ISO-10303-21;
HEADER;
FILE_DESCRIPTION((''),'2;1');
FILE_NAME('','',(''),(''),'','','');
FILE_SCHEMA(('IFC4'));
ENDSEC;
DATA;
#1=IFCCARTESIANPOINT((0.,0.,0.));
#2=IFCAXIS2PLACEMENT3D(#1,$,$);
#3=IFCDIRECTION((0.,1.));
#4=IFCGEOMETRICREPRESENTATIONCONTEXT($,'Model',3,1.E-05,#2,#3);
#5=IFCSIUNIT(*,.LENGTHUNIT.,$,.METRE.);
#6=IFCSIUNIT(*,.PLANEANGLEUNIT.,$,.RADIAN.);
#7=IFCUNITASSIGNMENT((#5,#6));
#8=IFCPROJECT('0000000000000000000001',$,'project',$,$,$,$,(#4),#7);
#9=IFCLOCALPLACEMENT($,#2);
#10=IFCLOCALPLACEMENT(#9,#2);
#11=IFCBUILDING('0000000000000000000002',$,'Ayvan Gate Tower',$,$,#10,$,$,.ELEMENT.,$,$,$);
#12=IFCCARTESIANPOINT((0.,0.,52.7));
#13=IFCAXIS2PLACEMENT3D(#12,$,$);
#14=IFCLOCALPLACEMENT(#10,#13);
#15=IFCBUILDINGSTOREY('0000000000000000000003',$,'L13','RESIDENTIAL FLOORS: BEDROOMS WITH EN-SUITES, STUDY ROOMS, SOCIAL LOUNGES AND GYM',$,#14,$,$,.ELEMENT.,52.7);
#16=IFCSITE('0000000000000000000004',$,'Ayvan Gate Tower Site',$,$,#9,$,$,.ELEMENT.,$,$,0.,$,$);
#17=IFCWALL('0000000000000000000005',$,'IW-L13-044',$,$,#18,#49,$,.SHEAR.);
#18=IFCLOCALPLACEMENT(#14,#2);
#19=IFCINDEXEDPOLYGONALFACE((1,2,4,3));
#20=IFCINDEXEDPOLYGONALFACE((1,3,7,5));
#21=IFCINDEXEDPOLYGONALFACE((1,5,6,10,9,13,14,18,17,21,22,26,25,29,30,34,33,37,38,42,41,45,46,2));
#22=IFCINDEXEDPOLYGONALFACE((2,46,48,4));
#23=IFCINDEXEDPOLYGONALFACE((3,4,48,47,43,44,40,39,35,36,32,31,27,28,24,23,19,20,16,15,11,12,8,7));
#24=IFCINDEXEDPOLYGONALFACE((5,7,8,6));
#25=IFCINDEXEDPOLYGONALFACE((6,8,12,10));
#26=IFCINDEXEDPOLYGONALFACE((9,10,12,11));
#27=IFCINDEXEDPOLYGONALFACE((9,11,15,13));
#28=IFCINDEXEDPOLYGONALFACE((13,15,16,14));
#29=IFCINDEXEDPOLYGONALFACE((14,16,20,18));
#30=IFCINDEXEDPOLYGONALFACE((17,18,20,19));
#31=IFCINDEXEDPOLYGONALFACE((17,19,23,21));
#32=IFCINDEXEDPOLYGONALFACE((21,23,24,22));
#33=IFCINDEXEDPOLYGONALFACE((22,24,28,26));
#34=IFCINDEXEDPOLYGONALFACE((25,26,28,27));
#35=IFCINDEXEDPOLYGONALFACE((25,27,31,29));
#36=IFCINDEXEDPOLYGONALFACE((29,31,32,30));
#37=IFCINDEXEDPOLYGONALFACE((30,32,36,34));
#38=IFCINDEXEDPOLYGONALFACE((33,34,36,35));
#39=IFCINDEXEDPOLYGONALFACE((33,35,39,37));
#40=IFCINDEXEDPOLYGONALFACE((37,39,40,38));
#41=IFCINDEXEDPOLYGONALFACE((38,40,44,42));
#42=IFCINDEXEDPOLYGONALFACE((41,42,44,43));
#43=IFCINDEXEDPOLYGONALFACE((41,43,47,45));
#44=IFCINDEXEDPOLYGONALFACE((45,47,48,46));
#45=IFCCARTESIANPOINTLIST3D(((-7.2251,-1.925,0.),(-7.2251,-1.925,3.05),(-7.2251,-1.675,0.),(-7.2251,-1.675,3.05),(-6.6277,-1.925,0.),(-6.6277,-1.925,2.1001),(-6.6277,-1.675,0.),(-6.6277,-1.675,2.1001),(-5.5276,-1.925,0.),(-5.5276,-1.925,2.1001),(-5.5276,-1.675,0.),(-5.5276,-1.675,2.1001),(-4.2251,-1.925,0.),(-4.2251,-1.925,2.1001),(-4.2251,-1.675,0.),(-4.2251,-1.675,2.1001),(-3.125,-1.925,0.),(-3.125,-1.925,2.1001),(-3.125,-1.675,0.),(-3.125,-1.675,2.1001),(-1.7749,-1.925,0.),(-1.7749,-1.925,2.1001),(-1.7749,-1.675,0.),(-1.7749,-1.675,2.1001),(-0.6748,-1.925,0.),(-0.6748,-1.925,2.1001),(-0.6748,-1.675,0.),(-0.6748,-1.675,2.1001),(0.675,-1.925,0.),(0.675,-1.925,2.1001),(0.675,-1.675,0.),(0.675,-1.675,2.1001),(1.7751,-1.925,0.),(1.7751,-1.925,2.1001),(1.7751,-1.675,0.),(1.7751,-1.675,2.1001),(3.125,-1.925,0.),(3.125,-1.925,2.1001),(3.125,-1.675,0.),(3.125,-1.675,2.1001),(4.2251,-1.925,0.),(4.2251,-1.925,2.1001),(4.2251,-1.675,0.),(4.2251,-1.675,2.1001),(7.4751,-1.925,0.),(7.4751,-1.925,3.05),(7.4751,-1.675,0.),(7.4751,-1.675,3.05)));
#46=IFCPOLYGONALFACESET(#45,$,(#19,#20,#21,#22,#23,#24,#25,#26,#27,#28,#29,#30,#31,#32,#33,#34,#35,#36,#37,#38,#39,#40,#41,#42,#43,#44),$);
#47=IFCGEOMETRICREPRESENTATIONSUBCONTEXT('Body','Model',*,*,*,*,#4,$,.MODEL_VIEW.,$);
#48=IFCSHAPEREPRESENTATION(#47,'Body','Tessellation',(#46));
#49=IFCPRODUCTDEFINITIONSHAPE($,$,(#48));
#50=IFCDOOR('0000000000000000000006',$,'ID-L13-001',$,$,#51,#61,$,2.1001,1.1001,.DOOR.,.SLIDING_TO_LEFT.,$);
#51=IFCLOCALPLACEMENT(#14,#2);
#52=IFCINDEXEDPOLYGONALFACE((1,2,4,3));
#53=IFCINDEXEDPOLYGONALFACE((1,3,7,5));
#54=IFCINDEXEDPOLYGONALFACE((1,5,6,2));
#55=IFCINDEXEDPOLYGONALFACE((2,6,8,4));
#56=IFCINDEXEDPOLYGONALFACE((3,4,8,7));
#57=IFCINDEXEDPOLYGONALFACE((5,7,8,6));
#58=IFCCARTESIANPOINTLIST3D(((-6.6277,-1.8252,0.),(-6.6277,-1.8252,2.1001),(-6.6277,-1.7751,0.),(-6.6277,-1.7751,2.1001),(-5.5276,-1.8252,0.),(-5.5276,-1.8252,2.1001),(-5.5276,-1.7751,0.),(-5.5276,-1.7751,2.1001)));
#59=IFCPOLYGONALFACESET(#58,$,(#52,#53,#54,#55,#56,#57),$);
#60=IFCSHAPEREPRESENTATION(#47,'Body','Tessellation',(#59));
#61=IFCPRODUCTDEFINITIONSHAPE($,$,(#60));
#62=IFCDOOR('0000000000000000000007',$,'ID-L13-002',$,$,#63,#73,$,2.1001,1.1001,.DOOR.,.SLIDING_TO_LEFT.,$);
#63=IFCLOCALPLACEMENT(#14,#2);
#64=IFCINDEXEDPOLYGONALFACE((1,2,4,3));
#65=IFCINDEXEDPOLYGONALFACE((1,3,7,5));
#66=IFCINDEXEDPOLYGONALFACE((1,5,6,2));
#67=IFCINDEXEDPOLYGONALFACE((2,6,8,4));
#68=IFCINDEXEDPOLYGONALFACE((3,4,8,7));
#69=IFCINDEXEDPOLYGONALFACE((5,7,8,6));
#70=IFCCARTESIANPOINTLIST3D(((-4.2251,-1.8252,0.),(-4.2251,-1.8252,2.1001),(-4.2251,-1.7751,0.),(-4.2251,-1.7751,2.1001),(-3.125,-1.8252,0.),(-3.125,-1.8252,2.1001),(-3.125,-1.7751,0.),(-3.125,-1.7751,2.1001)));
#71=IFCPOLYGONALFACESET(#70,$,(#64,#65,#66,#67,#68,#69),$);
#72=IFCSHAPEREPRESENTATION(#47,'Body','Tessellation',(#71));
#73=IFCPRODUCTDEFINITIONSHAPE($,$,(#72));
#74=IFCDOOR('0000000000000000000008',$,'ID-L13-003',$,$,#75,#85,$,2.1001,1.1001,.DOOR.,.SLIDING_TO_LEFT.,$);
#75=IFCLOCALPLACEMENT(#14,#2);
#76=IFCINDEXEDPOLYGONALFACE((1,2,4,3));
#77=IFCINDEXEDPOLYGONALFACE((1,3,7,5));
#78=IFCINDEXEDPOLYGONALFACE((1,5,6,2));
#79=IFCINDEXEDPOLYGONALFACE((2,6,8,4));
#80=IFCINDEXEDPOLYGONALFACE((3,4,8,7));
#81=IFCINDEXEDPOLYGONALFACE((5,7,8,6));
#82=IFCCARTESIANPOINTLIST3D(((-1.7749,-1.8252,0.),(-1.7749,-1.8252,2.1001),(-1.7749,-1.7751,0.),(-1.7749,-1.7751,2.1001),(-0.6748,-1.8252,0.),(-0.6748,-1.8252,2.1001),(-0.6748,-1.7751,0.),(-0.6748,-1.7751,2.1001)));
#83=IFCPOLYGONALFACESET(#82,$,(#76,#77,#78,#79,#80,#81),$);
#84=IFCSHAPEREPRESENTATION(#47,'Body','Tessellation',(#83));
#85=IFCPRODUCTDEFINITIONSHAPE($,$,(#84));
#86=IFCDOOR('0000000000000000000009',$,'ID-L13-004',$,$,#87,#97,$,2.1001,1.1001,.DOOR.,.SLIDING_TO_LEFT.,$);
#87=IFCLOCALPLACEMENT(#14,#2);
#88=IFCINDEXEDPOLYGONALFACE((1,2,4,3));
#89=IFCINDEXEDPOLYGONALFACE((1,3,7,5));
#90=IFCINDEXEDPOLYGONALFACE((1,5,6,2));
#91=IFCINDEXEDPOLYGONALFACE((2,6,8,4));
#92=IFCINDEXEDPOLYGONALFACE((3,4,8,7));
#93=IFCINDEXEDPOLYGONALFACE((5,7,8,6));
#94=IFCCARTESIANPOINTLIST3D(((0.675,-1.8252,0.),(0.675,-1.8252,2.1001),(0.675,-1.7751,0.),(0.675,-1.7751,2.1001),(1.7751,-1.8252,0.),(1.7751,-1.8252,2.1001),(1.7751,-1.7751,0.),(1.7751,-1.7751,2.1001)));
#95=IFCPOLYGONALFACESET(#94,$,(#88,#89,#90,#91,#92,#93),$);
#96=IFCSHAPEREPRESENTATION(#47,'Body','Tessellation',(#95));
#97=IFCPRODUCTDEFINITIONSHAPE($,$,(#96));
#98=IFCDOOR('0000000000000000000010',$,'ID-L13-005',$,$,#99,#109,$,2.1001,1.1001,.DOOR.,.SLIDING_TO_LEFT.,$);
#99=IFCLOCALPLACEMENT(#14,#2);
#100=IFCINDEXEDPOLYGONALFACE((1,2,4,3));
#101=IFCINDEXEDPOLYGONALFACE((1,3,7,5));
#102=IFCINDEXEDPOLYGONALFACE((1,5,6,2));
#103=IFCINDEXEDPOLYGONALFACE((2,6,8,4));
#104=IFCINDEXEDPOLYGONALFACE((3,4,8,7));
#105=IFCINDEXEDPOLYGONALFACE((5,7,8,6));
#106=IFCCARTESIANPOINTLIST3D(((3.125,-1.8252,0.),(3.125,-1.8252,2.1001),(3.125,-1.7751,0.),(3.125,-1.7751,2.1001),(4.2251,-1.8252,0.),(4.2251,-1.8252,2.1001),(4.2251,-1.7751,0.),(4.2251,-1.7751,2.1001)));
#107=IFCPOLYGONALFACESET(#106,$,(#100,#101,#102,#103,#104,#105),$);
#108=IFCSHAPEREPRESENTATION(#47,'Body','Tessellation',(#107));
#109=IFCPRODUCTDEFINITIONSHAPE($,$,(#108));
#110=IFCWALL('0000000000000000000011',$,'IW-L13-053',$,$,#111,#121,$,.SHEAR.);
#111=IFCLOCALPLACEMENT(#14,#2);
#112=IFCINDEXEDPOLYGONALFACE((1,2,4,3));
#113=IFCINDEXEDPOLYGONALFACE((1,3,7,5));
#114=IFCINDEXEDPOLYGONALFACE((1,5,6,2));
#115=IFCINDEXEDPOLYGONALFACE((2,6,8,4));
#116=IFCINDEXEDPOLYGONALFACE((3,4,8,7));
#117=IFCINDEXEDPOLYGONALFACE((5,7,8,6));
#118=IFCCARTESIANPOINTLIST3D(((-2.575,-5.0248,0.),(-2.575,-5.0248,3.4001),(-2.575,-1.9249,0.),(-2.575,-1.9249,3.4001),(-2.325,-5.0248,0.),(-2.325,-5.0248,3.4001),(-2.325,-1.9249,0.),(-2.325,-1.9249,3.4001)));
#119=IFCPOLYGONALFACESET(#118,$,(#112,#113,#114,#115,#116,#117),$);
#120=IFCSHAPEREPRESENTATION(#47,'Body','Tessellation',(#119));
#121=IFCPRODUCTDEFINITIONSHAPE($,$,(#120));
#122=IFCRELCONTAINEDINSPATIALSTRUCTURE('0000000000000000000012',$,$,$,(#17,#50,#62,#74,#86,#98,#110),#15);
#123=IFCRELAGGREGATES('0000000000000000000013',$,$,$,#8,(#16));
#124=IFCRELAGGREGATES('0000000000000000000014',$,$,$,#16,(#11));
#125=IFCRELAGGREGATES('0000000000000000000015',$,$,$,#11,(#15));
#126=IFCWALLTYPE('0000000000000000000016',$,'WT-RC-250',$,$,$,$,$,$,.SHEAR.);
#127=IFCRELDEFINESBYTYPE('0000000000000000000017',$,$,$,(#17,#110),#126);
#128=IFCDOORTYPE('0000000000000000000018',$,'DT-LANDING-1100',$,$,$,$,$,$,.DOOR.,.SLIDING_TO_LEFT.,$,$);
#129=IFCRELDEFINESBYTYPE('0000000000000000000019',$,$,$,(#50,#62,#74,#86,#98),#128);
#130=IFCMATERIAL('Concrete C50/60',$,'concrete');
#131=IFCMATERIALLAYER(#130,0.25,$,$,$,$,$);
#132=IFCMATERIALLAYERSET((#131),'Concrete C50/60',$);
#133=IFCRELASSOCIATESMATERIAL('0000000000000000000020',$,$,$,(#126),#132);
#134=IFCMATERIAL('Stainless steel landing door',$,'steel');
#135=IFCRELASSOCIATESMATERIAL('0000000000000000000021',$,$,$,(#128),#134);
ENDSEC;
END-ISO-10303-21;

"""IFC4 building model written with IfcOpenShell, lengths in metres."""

from ifc_helpers import new_model, si_unit, direction, frame, frame_2d, origin, place, context, subcontext, project, spatial, rectangle, extrude, material, layer, layer_set, type_object, element, fill, save


model = new_model("IFC4")

# Units and contexts
model_context = context("Model", 3, precision=1e-05, world=origin(), true_north=direction((0.0, 1.0)))
body_context = subcontext(model_context, "Body", "Model", "MODEL_VIEW")
ifc_project = project(units=[si_unit("LENGTHUNIT", "METRE"), si_unit("PLANEANGLEUNIT", "RADIAN")], contexts=[model_context])

# Site, building, storey
site_placement = place(None, origin())
site = spatial("IfcSite", under=ifc_project, at=site_placement, Name="Ayvan Gate Tower Site", CompositionType="ELEMENT", RefElevation=0.0)
building_placement = place(site_placement, origin())
building = spatial("IfcBuilding", under=site, at=building_placement, Name="Ayvan Gate Tower", CompositionType="ELEMENT")
storey_placement = place(building_placement, frame((0.0, 0.0, 52.7)))
storey = spatial("IfcBuildingStorey", under=building, at=storey_placement, Name="L13", Description="RESIDENTIAL FLOORS: BEDROOMS WITH EN-SUITES, STUDY ROOMS, SOCIAL LOUNGES AND GYM", CompositionType="ELEMENT", Elevation=52.7)

# Shared definitions
ifc_material_1 = material(Name="Concrete C50/60", Category="concrete")
ifc_layer_1 = layer(ifc_material_1, 0.25)
ifc_layer_set_1 = layer_set([ifc_layer_1], Name="Concrete C50/60")
wall_type_1 = type_object("IfcWallType", Name="WT-RC-250", PredefinedType="SHEAR", material=ifc_layer_set_1)

# Wall, openings, doors
wall_1_placement = place(storey_placement, frame((-7.2251, -1.8, 0.0), z_axis=(0.0, 0.0, 1.0), x_axis=(1.0, 0.0, 0.0)))
wall_1 = element("IfcWall", 1, at=wall_1_placement, inside=storey, type_object=wall_type_1, Name="IW-L13-044", PredefinedType="SHEAR", context=body_context, shape_type="SweptSolid", body=[
    extrude(rectangle(XDim=14.7002, YDim=0.25, at=frame_2d((7.3501, 0.0))), origin(), (0.0, 0.0, 1.0), 3.05),
])
opening_1_placement = place(wall_1_placement, frame((0.5974, 0.0, 0.0)))
opening_1 = element("IfcOpeningElement", 2, at=opening_1_placement, cuts=wall_1, PredefinedType="OPENING", context=body_context, shape_type="SweptSolid", body=[
    extrude(rectangle(XDim=1.1001, YDim=2.1001, at=frame_2d((0.55, 1.05))), frame((0.0, 0.135, 0.0), z_axis=(0.0, -1.0, 0.0), x_axis=(1.0, 0.0, 0.0)), (0.0, 0.0, 1.0), 0.27),
])
opening_2_placement = place(wall_1_placement, frame((3.0, 0.0, 0.0)))
opening_2 = element("IfcOpeningElement", 3, at=opening_2_placement, cuts=wall_1, PredefinedType="OPENING", context=body_context, shape_type="SweptSolid", body=[
    extrude(rectangle(XDim=1.1001, YDim=2.1001, at=frame_2d((0.55, 1.05))), frame((0.0, 0.135, 0.0), z_axis=(0.0, -1.0, 0.0), x_axis=(1.0, 0.0, 0.0)), (0.0, 0.0, 1.0), 0.27),
])
opening_3_placement = place(wall_1_placement, frame((5.4502, 0.0, 0.0)))
opening_3 = element("IfcOpeningElement", 4, at=opening_3_placement, cuts=wall_1, PredefinedType="OPENING", context=body_context, shape_type="SweptSolid", body=[
    extrude(rectangle(XDim=1.1001, YDim=2.1001, at=frame_2d((0.55, 1.05))), frame((0.0, 0.135, 0.0), z_axis=(0.0, -1.0, 0.0), x_axis=(1.0, 0.0, 0.0)), (0.0, 0.0, 1.0), 0.27),
])
opening_4_placement = place(wall_1_placement, frame((7.9001, 0.0, 0.0)))
opening_4 = element("IfcOpeningElement", 5, at=opening_4_placement, cuts=wall_1, PredefinedType="OPENING", context=body_context, shape_type="SweptSolid", body=[
    extrude(rectangle(XDim=1.1001, YDim=2.1001, at=frame_2d((0.55, 1.05))), frame((0.0, 0.135, 0.0), z_axis=(0.0, -1.0, 0.0), x_axis=(1.0, 0.0, 0.0)), (0.0, 0.0, 1.0), 0.27),
])
opening_5_placement = place(wall_1_placement, frame((10.3501, 0.0, 0.0)))
opening_5 = element("IfcOpeningElement", 6, at=opening_5_placement, cuts=wall_1, PredefinedType="OPENING", context=body_context, shape_type="SweptSolid", body=[
    extrude(rectangle(XDim=1.1001, YDim=2.1001, at=frame_2d((0.55, 1.05))), frame((0.0, 0.135, 0.0), z_axis=(0.0, -1.0, 0.0), x_axis=(1.0, 0.0, 0.0)), (0.0, 0.0, 1.0), 0.27),
])
ifc_material_2 = material(Name="Stainless steel landing door", Category="steel")
door_type_1 = type_object("IfcDoorType", Name="DT-LANDING-1100", OperationType="SLIDING_TO_LEFT", PredefinedType="DOOR", material=ifc_material_2)
door_1_placement = place(opening_1_placement, origin())
door_1 = element("IfcDoor", 7, at=door_1_placement, inside=storey, type_object=door_type_1, Name="ID-L13-001", OperationType="SLIDING_TO_LEFT", OverallHeight=2.1001, OverallWidth=1.1001, PredefinedType="DOOR", context=body_context, shape_type="SweptSolid", body=[
    extrude(rectangle(XDim=1.1001, YDim=2.1001, at=frame_2d((0.55, 1.05))), frame((0.0, 0.0249, 0.0), z_axis=(0.0, -1.0, 0.0), x_axis=(1.0, 0.0, 0.0)), (0.0, 0.0, 1.0), 0.05),
])
fill(opening_1, door_1)
door_2_placement = place(opening_2_placement, origin())
door_2 = element("IfcDoor", 8, at=door_2_placement, inside=storey, type_object=door_type_1, Name="ID-L13-002", OperationType="SLIDING_TO_LEFT", OverallHeight=2.1001, OverallWidth=1.1001, PredefinedType="DOOR", context=body_context, shape_type="SweptSolid", body=[
    extrude(rectangle(XDim=1.1001, YDim=2.1001, at=frame_2d((0.55, 1.05))), frame((0.0, 0.0249, 0.0), z_axis=(0.0, -1.0, 0.0), x_axis=(1.0, 0.0, 0.0)), (0.0, 0.0, 1.0), 0.05),
])
fill(opening_2, door_2)
door_3_placement = place(opening_3_placement, origin())
door_3 = element("IfcDoor", 9, at=door_3_placement, inside=storey, type_object=door_type_1, Name="ID-L13-003", OperationType="SLIDING_TO_LEFT", OverallHeight=2.1001, OverallWidth=1.1001, PredefinedType="DOOR", context=body_context, shape_type="SweptSolid", body=[
    extrude(rectangle(XDim=1.1001, YDim=2.1001, at=frame_2d((0.55, 1.05))), frame((0.0, 0.0249, 0.0), z_axis=(0.0, -1.0, 0.0), x_axis=(1.0, 0.0, 0.0)), (0.0, 0.0, 1.0), 0.05),
])
fill(opening_3, door_3)
door_4_placement = place(opening_4_placement, origin())
door_4 = element("IfcDoor", 10, at=door_4_placement, inside=storey, type_object=door_type_1, Name="ID-L13-004", OperationType="SLIDING_TO_LEFT", OverallHeight=2.1001, OverallWidth=1.1001, PredefinedType="DOOR", context=body_context, shape_type="SweptSolid", body=[
    extrude(rectangle(XDim=1.1001, YDim=2.1001, at=frame_2d((0.55, 1.05))), frame((0.0, 0.0249, 0.0), z_axis=(0.0, -1.0, 0.0), x_axis=(1.0, 0.0, 0.0)), (0.0, 0.0, 1.0), 0.05),
])
fill(opening_4, door_4)
door_5_placement = place(opening_5_placement, origin())
door_5 = element("IfcDoor", 11, at=door_5_placement, inside=storey, type_object=door_type_1, Name="ID-L13-005", OperationType="SLIDING_TO_LEFT", OverallHeight=2.1001, OverallWidth=1.1001, PredefinedType="DOOR", context=body_context, shape_type="SweptSolid", body=[
    extrude(rectangle(XDim=1.1001, YDim=2.1001, at=frame_2d((0.55, 1.05))), frame((0.0, 0.0249, 0.0), z_axis=(0.0, -1.0, 0.0), x_axis=(1.0, 0.0, 0.0)), (0.0, 0.0, 1.0), 0.05),
])
fill(opening_5, door_5)

# Wall
wall_2_placement = place(storey_placement, frame((-2.45, -1.925, 0.0), z_axis=(0.0, 0.0, 1.0), x_axis=(0.0, -1.0, 0.0)))
element("IfcWall", 12, at=wall_2_placement, inside=storey, type_object=wall_type_1, Name="IW-L13-053", PredefinedType="SHEAR", context=body_context, shape_type="SweptSolid", body=[
    extrude(rectangle(XDim=3.0999, YDim=0.25, at=frame_2d((1.5498, 0.0))), origin(), (0.0, 0.0, 1.0), 3.4001),
])

save(model, "model.ifc")
